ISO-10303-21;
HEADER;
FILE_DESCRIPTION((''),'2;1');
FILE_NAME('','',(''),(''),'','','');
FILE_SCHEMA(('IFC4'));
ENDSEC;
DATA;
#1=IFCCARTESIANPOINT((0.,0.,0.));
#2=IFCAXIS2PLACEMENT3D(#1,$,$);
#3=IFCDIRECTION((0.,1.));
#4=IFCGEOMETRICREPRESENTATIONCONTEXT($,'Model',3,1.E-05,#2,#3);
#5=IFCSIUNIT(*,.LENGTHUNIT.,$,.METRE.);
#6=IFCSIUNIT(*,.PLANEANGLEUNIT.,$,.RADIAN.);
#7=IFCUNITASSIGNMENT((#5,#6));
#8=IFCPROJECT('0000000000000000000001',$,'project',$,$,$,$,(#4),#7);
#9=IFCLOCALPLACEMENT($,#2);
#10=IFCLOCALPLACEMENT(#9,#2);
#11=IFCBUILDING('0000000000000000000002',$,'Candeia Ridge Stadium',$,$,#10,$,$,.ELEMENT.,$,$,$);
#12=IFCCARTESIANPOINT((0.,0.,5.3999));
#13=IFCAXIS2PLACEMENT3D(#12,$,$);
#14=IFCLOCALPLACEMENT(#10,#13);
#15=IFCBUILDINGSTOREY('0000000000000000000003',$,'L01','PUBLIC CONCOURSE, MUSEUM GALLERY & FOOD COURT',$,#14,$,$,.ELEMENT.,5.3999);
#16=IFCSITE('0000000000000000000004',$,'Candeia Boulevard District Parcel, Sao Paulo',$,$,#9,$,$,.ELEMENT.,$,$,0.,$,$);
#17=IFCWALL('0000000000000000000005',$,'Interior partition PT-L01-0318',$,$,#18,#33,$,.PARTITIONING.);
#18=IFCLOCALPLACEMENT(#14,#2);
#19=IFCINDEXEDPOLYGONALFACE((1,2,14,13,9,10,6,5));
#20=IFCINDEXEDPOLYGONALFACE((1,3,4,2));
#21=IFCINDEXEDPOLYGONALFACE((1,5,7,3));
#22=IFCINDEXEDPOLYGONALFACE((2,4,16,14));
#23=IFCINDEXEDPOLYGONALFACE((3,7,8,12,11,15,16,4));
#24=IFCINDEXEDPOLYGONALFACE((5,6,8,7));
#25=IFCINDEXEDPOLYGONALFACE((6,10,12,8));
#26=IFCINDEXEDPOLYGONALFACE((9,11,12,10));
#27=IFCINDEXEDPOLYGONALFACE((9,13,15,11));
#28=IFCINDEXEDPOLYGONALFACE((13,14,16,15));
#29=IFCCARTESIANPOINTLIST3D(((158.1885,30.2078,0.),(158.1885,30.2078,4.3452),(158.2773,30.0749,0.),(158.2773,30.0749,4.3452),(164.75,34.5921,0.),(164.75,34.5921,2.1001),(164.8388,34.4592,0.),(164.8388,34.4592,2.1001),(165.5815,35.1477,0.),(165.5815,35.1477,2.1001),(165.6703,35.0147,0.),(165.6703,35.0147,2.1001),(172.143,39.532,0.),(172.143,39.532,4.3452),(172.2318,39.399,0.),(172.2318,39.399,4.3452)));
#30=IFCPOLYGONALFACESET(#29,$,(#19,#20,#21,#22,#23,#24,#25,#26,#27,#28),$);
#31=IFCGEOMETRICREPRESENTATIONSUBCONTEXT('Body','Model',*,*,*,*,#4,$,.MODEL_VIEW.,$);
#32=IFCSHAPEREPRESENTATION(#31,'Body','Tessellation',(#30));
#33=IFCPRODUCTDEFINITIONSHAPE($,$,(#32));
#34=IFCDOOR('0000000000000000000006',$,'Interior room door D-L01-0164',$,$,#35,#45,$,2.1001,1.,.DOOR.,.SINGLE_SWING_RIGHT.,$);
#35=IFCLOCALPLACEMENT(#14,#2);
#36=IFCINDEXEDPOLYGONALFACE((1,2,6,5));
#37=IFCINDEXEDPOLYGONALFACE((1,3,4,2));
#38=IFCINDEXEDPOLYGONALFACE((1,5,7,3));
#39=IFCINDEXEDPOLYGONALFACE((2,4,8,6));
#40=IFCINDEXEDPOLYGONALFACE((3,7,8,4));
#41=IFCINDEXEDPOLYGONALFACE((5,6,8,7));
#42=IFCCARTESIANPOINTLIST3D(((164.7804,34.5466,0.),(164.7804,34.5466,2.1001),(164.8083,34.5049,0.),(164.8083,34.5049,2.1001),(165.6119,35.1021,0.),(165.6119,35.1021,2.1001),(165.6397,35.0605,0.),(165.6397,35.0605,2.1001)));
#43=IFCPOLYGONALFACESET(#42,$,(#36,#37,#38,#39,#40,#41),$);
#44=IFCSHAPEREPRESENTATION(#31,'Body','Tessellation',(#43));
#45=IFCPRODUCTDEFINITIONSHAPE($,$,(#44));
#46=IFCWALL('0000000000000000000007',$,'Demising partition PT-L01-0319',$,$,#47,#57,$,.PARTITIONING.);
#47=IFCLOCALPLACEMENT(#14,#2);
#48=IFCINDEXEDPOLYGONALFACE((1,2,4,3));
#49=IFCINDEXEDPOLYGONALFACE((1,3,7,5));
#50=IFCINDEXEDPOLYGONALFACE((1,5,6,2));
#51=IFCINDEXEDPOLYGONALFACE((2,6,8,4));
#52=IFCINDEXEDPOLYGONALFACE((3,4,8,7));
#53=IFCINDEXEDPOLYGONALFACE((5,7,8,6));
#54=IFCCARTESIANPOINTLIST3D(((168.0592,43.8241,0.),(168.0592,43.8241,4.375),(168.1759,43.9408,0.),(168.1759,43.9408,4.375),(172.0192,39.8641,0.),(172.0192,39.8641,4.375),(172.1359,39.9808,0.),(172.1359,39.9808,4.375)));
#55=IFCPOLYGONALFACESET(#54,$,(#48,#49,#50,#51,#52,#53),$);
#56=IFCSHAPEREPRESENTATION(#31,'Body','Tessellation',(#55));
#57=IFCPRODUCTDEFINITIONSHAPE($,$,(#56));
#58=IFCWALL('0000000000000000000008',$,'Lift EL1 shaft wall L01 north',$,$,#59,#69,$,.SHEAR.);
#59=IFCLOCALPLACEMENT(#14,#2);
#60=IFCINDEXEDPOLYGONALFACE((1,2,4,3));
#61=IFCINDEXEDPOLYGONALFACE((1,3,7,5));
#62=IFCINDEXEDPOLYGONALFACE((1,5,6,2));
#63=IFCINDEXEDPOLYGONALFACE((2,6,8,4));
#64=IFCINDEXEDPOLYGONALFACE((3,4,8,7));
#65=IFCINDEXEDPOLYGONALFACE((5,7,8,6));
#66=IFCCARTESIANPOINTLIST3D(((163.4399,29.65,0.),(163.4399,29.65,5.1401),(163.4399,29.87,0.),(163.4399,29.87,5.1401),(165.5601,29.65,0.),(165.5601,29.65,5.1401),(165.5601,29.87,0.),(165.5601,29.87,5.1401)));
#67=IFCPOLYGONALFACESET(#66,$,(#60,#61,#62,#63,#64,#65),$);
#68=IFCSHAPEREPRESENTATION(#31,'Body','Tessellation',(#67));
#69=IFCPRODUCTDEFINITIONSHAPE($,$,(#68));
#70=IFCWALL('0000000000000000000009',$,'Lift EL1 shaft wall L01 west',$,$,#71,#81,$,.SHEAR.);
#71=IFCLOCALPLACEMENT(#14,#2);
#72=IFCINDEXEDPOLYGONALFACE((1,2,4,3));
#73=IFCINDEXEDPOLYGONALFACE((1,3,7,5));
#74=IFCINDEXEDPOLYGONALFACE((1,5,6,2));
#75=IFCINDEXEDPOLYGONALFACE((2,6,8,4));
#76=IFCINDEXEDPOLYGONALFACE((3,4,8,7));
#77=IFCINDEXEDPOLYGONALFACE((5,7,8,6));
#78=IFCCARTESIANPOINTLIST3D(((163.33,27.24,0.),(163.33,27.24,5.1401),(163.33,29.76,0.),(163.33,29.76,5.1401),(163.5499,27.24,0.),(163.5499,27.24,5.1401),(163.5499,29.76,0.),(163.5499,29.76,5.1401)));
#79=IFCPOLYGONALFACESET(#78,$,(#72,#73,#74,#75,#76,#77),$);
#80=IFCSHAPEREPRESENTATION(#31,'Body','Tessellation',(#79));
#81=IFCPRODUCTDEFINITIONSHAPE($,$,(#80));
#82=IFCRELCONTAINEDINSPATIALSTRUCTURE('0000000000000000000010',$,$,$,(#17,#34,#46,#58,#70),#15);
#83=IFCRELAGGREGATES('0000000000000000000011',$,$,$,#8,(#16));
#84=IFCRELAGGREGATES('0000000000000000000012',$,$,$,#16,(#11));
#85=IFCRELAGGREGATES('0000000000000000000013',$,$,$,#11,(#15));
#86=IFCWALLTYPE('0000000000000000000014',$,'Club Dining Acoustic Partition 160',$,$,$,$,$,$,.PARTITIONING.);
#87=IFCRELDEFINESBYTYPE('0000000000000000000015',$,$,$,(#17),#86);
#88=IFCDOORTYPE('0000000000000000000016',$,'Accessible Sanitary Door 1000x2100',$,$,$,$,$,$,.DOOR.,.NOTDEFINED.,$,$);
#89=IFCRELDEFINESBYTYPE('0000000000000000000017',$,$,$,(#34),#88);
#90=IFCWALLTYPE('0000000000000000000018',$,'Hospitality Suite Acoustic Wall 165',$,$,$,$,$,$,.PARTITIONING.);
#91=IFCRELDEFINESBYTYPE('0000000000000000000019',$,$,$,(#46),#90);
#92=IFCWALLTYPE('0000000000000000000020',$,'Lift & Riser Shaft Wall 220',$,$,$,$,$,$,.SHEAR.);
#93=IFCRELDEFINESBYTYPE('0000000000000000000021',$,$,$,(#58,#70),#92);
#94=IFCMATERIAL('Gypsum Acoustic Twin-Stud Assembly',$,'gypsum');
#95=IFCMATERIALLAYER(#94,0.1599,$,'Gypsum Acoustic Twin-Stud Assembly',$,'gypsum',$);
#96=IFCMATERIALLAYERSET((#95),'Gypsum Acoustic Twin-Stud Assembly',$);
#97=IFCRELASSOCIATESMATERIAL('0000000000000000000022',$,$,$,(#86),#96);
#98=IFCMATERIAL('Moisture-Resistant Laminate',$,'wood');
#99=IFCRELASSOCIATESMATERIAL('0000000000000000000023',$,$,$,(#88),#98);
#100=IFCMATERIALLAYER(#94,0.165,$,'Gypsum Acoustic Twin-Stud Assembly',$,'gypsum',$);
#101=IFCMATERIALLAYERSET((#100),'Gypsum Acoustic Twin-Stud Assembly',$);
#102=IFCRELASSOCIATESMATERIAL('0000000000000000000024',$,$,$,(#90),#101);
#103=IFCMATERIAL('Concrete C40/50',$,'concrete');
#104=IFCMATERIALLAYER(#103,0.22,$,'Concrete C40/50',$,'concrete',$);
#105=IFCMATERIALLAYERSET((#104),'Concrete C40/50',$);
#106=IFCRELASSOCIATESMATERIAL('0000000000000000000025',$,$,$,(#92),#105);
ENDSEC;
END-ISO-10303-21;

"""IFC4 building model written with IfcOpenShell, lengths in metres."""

from ifc_helpers import new_model, si_unit, direction, frame, frame_2d, origin, place, context, subcontext, project, spatial, rectangle, extrude, material, layer, layer_set, type_object, element, fill, save


model = new_model("IFC4")

# Units and contexts
model_context = context("Model", 3, precision=1e-05, world=origin(), true_north=direction((0.0, 1.0)))
body_context = subcontext(model_context, "Body", "Model", "MODEL_VIEW")
ifc_project = project(units=[si_unit("LENGTHUNIT", "METRE"), si_unit("PLANEANGLEUNIT", "RADIAN")], contexts=[model_context])

# Site, building, storey
site_placement = place(None, origin())
site = spatial("IfcSite", under=ifc_project, at=site_placement, Name="Candeia Boulevard District Parcel, Sao Paulo", CompositionType="ELEMENT", RefElevation=0.0)
building_placement = place(site_placement, origin())
building = spatial("IfcBuilding", under=site, at=building_placement, Name="Candeia Ridge Stadium", CompositionType="ELEMENT")
storey_placement = place(building_placement, frame((0.0, 0.0, 5.3999)))
storey = spatial("IfcBuildingStorey", under=building, at=storey_placement, Name="L01", Description="PUBLIC CONCOURSE, MUSEUM GALLERY & FOOD COURT", CompositionType="ELEMENT", Elevation=5.3999)

# Shared definitions
ifc_material_1 = material(Name="Concrete C40/50", Category="concrete")

# Wall, opening, door
ifc_material_2 = material(Name="Gypsum Acoustic Twin-Stud Assembly", Category="gypsum")
ifc_layer_1 = layer(ifc_material_2, 0.1599, Name="Gypsum Acoustic Twin-Stud Assembly", Category="gypsum")
ifc_layer_set_1 = layer_set([ifc_layer_1], Name="Gypsum Acoustic Twin-Stud Assembly")
wall_type_1 = type_object("IfcWallType", Name="Club Dining Acoustic Partition 160", PredefinedType="PARTITIONING", material=ifc_layer_set_1)
wall_1_placement = place(storey_placement, frame((172.1875, 39.4656, 0.0), z_axis=(0.0, 0.0, 1.0), x_axis=(-0.831468, -0.555573, 0.0)))
wall_1 = element("IfcWall", 1, at=wall_1_placement, inside=storey, type_object=wall_type_1, Name="Interior partition PT-L01-0318", PredefinedType="PARTITIONING", context=body_context, shape_type="SweptSolid", body=[
    extrude(rectangle(XDim=16.783, YDim=0.1599, at=frame_2d((8.3916, 0.0))), origin(), (0.0, 0.0, 1.0), 4.3452),
])
opening_1_placement = place(wall_1_placement, frame((7.8916, 0.0, 0.0)))
opening_1 = element("IfcOpeningElement", 2, at=opening_1_placement, cuts=wall_1, PredefinedType="OPENING", context=body_context, shape_type="SweptSolid", body=[
    extrude(rectangle(XDim=1.0, YDim=2.1001, at=frame_2d((0.5, 1.05))), frame((0.0, 0.0898, 0.0), z_axis=(0.0, -1.0, 0.0), x_axis=(1.0, 0.0, 0.0)), (0.0, 0.0, 1.0), 0.1799),
])
ifc_material_3 = material(Name="Moisture-Resistant Laminate", Category="wood")
door_type_1 = type_object("IfcDoorType", Name="Accessible Sanitary Door 1000x2100", OperationType="NOTDEFINED", PredefinedType="DOOR", material=ifc_material_3)
door_1_placement = place(opening_1_placement, origin())
door_1 = element("IfcDoor", 3, at=door_1_placement, inside=storey, type_object=door_type_1, Name="Interior room door D-L01-0164", OperationType="SINGLE_SWING_RIGHT", OverallHeight=2.1001, OverallWidth=1.0, PredefinedType="DOOR", context=body_context, shape_type="SweptSolid", body=[
    extrude(rectangle(XDim=1.0, YDim=2.1001, at=frame_2d((0.5, 1.05))), frame((0.0, 0.0249, 0.0), z_axis=(0.0, -1.0, 0.0), x_axis=(1.0, 0.0, 0.0)), (0.0, 0.0, 1.0), 0.05),
])
fill(opening_1, door_1)

# Wall
ifc_layer_2 = layer(ifc_material_2, 0.165, Name="Gypsum Acoustic Twin-Stud Assembly", Category="gypsum")
ifc_layer_set_2 = layer_set([ifc_layer_2], Name="Gypsum Acoustic Twin-Stud Assembly")
wall_type_2 = type_object("IfcWallType", Name="Hospitality Suite Acoustic Wall 165", PredefinedType="PARTITIONING", material=ifc_layer_set_2)
wall_2_placement = place(storey_placement, frame((168.1174, 43.8826, 0.0), z_axis=(0.0, 0.0, 1.0), x_axis=(0.707107, -0.707107, 0.0)))
element("IfcWall", 4, at=wall_2_placement, inside=storey, type_object=wall_type_2, Name="Demising partition PT-L01-0319", PredefinedType="PARTITIONING", context=body_context, shape_type="SweptSolid", body=[
    extrude(rectangle(XDim=5.6003, YDim=0.165, at=frame_2d((2.8003, 0.0))), origin(), (0.0, 0.0, 1.0), 4.375),
])

# Shared definitions
ifc_layer_3 = layer(ifc_material_1, 0.22, Name="Concrete C40/50", Category="concrete")
ifc_layer_set_3 = layer_set([ifc_layer_3], Name="Concrete C40/50")
wall_type_3 = type_object("IfcWallType", Name="Lift & Riser Shaft Wall 220", PredefinedType="SHEAR", material=ifc_layer_set_3)

# Walls
wall_3_placement = place(storey_placement, frame((165.5601, 29.76, 0.0), z_axis=(0.0, 0.0, 1.0), x_axis=(-1.0, 0.0, 0.0)))
element("IfcWall", 5, at=wall_3_placement, inside=storey, type_object=wall_type_3, Name="Lift EL1 shaft wall L01 north", PredefinedType="SHEAR", context=body_context, shape_type="SweptSolid", body=[
    extrude(rectangle(XDim=2.1201, YDim=0.22, at=frame_2d((1.0601, 0.0))), origin(), (0.0, 0.0, 1.0), 5.1401),
])
wall_4_placement = place(storey_placement, frame((163.4399, 29.76, 0.0), z_axis=(0.0, 0.0, 1.0), x_axis=(0.0, -1.0, 0.0)))
element("IfcWall", 6, at=wall_4_placement, inside=storey, type_object=wall_type_3, Name="Lift EL1 shaft wall L01 west", PredefinedType="SHEAR", context=body_context, shape_type="SweptSolid", body=[
    extrude(rectangle(XDim=2.52, YDim=0.22, at=frame_2d((1.26, 0.0))), origin(), (0.0, 0.0, 1.0), 5.1401),
])

save(model, "model.ifc")
